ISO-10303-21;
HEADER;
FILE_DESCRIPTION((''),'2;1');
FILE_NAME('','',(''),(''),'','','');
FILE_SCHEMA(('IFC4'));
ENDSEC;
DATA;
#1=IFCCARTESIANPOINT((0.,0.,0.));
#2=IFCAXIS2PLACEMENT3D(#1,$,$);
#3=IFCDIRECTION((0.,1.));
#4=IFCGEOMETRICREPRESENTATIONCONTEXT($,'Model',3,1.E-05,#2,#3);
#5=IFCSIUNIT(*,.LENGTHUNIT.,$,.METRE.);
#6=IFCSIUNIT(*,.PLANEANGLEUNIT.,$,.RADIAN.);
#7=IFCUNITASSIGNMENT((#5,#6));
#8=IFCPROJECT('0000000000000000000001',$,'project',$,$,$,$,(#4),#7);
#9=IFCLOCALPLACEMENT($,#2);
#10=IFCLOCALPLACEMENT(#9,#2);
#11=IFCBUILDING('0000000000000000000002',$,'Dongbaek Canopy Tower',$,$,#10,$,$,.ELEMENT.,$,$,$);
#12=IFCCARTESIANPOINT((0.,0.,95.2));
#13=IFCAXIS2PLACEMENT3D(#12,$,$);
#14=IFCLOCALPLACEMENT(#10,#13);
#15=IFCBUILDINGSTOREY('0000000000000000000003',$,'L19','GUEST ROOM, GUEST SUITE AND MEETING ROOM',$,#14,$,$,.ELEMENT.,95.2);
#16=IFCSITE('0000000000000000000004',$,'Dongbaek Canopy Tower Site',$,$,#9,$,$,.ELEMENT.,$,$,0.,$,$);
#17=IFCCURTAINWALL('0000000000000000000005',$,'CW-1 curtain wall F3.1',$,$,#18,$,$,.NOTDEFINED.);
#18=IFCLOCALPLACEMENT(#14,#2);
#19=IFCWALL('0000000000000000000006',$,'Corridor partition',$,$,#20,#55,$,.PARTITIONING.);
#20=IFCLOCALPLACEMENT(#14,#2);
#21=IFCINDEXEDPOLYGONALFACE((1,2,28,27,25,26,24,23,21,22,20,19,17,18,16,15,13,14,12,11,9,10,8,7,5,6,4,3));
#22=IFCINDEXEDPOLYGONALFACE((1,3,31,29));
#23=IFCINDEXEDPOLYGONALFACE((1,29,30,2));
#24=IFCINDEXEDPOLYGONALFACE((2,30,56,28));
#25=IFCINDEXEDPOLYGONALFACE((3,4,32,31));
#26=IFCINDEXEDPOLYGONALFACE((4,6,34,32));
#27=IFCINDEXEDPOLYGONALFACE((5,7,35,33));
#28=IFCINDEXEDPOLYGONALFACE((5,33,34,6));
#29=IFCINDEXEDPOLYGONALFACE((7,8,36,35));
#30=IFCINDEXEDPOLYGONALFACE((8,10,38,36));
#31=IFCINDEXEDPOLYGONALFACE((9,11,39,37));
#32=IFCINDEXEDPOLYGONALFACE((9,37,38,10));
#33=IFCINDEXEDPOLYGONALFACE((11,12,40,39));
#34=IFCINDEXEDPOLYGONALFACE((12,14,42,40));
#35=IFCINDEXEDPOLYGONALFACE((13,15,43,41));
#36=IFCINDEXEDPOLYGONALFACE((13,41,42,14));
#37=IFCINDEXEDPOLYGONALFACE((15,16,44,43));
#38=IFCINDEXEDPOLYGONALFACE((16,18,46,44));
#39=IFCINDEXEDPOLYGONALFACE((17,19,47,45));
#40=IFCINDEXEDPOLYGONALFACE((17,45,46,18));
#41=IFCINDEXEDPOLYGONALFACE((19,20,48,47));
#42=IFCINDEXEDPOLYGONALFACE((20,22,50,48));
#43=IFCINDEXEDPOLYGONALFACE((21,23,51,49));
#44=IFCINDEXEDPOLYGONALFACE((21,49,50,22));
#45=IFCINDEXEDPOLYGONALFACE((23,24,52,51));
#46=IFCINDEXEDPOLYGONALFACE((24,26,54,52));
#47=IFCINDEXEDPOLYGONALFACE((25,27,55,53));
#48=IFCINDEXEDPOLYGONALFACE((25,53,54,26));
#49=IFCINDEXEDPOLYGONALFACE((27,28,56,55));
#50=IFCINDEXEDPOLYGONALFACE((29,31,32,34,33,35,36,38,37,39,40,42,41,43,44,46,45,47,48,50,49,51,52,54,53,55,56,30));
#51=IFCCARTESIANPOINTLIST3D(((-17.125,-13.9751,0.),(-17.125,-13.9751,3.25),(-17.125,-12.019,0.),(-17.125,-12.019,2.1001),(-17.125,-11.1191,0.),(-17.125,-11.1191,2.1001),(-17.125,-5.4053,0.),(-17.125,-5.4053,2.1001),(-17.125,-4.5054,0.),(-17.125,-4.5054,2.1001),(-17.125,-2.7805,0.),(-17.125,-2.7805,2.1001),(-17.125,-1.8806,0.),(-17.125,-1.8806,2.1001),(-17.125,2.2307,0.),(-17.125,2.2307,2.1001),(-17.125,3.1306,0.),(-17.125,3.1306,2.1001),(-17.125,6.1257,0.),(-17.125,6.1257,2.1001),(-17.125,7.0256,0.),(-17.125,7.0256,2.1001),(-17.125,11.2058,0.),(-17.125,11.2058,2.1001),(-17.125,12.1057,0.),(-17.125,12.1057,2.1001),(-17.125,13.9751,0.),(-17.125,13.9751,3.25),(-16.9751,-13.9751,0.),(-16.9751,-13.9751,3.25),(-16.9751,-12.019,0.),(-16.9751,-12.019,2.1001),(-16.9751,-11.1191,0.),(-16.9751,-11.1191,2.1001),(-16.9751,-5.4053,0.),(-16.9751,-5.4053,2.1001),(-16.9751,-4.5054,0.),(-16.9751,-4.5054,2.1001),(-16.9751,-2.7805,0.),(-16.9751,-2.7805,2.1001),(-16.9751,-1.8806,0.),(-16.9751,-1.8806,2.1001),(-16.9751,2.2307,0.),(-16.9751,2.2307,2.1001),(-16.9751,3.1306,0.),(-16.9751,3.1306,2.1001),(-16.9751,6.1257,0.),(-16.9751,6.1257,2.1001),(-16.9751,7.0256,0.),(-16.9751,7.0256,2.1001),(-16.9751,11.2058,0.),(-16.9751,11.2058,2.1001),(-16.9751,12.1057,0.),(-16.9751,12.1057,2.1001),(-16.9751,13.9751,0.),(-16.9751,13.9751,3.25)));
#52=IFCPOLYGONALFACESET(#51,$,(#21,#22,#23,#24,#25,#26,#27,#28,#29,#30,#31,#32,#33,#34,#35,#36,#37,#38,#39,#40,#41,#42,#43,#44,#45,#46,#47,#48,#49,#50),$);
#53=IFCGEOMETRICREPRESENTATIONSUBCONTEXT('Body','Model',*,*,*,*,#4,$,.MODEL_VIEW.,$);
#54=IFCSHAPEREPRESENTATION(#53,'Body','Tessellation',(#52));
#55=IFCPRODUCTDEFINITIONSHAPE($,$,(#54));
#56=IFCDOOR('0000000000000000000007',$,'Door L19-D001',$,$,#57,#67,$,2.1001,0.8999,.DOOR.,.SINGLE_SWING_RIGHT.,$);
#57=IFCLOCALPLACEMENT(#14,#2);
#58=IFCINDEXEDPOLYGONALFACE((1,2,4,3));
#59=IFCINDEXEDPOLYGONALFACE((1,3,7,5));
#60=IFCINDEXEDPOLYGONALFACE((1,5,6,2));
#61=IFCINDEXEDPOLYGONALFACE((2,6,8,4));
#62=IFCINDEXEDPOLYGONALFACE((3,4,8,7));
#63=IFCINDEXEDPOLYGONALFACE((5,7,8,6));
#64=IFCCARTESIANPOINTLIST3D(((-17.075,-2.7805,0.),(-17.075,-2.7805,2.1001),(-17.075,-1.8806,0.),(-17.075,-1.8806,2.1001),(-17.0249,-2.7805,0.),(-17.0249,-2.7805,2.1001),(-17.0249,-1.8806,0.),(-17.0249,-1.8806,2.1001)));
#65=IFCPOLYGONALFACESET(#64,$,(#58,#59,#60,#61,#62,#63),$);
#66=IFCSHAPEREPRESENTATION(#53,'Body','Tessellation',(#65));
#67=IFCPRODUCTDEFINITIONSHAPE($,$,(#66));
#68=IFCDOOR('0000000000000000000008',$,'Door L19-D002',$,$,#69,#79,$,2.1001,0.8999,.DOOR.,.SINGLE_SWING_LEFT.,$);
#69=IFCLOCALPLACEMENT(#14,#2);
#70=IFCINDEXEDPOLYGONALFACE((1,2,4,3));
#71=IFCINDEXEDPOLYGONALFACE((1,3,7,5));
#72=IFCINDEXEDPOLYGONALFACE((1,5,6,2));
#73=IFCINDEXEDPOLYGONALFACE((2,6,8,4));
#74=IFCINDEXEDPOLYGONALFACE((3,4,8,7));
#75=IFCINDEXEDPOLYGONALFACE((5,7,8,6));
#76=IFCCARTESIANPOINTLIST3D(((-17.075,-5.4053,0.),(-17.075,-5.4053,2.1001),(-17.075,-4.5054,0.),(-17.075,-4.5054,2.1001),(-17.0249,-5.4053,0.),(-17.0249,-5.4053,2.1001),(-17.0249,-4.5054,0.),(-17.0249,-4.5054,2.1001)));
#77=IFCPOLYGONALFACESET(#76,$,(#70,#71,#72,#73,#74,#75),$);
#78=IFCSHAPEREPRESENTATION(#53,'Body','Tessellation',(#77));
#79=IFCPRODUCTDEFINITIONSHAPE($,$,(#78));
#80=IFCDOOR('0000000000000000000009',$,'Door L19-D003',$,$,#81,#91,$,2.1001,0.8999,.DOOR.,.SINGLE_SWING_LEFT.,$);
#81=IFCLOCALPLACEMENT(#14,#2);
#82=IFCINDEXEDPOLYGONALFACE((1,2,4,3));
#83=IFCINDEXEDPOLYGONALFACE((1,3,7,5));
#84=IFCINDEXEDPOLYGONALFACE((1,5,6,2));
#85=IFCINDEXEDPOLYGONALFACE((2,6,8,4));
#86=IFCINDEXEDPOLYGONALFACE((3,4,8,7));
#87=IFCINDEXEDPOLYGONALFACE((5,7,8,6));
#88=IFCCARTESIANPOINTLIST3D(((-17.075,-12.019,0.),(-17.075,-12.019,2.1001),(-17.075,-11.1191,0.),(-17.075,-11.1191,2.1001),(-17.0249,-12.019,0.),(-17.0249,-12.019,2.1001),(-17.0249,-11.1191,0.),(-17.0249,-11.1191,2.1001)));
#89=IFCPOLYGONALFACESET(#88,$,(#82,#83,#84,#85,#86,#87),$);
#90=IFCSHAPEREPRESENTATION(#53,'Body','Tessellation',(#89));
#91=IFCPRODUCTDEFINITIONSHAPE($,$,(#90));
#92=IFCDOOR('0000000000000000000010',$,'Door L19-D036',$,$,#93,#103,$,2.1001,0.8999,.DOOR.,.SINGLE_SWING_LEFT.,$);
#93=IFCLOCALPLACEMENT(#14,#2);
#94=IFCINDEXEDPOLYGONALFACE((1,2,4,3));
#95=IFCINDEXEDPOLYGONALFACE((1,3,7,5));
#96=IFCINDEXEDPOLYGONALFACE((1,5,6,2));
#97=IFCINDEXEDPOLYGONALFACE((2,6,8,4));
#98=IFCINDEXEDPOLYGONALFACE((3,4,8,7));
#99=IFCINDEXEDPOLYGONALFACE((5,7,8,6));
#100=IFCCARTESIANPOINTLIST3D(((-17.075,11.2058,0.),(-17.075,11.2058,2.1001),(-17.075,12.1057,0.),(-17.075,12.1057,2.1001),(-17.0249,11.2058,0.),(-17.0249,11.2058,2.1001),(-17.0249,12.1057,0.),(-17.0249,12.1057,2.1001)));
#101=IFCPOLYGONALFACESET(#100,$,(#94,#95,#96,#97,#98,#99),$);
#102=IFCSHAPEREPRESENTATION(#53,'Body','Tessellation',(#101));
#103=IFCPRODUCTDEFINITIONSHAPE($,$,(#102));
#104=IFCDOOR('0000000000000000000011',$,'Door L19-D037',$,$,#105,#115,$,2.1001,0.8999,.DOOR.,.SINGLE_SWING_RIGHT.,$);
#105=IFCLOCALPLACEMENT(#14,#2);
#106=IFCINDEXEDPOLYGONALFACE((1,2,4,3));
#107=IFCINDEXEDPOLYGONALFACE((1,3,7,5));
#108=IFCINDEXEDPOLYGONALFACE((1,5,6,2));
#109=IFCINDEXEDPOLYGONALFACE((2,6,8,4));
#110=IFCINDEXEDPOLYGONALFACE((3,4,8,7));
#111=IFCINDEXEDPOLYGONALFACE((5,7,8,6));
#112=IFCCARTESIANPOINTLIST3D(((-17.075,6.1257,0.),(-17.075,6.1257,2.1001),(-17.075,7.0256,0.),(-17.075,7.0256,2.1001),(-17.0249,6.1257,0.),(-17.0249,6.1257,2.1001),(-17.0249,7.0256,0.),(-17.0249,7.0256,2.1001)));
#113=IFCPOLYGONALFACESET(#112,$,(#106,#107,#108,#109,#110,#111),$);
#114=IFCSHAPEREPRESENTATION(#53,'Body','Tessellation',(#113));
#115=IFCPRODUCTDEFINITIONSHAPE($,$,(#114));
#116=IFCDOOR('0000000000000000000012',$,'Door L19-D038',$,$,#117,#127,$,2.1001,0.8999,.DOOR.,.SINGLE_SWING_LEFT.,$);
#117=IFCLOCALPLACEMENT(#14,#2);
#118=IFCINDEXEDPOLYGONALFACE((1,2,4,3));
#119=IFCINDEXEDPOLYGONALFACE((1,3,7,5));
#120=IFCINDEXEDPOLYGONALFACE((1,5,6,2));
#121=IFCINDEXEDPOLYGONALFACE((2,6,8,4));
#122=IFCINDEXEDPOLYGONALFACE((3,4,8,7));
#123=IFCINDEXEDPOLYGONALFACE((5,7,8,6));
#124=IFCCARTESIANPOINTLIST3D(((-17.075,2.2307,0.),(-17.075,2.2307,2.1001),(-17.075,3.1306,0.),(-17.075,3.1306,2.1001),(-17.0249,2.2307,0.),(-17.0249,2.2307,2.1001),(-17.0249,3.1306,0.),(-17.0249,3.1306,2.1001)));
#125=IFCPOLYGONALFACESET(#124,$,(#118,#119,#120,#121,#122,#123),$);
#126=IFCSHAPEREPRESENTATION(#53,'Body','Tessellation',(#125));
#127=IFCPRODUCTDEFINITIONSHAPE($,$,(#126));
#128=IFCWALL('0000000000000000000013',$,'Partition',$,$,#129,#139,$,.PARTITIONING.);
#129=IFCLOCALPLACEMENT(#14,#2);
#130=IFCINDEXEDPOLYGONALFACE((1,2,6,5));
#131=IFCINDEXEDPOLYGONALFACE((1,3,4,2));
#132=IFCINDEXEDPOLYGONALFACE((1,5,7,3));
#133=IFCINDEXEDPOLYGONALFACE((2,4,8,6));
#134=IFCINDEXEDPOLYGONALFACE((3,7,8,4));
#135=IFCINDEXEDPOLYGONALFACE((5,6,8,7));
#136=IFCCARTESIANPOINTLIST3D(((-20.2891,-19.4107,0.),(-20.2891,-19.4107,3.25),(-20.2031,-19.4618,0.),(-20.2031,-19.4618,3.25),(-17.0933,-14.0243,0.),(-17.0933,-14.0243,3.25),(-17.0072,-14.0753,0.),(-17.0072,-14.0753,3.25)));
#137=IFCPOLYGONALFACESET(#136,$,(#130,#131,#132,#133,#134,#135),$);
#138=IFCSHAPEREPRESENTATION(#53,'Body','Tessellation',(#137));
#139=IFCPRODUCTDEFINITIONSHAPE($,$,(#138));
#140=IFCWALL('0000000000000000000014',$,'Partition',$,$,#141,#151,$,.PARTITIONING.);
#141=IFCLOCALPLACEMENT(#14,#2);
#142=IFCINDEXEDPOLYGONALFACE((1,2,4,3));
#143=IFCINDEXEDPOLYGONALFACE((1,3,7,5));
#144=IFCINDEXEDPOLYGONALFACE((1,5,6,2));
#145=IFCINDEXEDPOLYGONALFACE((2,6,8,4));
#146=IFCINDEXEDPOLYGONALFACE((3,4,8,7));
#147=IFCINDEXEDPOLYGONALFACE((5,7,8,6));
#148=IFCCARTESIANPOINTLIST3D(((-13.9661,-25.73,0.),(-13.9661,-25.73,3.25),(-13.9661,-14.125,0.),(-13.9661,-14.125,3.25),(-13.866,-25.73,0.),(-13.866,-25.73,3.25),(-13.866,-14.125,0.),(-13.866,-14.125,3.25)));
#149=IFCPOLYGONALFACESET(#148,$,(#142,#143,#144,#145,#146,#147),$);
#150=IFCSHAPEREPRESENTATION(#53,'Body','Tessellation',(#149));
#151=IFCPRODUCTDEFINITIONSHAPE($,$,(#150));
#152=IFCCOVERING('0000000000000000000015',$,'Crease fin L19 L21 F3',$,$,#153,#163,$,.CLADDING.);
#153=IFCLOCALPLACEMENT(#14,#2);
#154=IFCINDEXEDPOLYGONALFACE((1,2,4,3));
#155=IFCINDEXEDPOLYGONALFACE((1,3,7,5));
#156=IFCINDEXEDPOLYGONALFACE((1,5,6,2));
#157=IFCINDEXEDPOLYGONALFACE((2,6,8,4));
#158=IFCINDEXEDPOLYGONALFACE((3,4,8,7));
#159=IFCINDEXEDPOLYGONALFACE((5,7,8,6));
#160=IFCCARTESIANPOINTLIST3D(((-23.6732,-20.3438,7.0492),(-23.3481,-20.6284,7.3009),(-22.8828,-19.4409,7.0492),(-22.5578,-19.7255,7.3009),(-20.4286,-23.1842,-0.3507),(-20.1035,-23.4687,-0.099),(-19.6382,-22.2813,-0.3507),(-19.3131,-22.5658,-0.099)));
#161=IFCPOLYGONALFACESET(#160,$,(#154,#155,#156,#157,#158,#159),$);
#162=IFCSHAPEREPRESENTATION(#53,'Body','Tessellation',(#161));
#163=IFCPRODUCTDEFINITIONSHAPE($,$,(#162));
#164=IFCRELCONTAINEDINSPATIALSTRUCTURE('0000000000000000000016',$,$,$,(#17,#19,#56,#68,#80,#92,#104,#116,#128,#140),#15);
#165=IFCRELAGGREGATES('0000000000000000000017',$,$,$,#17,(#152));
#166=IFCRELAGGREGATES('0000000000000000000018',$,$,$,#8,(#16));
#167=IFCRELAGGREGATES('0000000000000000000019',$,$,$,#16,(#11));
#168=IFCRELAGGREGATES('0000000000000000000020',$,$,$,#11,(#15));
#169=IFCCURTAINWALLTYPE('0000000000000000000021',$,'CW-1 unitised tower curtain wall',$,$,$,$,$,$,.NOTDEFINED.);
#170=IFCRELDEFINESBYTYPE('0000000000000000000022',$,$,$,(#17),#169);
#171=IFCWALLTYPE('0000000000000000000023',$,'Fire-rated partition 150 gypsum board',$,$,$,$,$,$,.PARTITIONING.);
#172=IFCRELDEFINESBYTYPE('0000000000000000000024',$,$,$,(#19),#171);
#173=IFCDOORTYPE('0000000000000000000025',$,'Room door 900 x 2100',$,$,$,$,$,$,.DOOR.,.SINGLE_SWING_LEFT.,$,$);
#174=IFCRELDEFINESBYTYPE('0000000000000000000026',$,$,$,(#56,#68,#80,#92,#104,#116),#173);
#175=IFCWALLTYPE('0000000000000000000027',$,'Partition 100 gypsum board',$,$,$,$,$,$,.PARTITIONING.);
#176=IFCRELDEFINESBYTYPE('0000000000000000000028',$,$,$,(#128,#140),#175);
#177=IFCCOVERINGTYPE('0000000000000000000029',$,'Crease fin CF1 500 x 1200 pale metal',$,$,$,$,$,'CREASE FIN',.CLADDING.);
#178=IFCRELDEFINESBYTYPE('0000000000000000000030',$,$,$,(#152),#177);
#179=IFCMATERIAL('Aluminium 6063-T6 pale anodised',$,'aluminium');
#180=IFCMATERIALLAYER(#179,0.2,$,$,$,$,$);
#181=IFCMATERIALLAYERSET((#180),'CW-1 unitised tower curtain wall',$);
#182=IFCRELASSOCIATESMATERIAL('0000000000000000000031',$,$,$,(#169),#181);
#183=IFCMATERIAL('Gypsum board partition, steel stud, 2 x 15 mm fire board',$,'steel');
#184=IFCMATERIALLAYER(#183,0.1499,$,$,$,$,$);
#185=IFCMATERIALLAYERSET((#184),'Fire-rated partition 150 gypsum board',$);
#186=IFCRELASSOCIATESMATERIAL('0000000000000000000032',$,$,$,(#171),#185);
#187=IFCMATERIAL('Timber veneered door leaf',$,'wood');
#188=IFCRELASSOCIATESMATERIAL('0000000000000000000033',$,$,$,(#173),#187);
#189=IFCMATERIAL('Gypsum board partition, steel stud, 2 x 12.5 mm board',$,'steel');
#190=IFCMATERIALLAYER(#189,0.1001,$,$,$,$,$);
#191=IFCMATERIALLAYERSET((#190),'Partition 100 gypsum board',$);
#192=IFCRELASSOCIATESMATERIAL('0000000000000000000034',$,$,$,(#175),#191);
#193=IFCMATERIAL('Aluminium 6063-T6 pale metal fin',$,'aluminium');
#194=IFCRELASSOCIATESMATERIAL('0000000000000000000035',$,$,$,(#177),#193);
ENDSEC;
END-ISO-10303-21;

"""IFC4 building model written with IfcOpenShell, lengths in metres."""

from ifc_helpers import new_model, si_unit, direction, frame, frame_2d, origin, origin_2d, place, context, subcontext, project, spatial, rectangle, extrude, material, layer, layer_set, material_profile, profile_set, type_object, element, fill, aggregate, save


model = new_model("IFC4")

# Units and contexts
model_context = context("Model", 3, precision=1e-05, world=origin(), true_north=direction((0.0, 1.0)))
body_context = subcontext(model_context, "Body", "Model", "MODEL_VIEW")
ifc_project = project(units=[si_unit("LENGTHUNIT", "METRE"), si_unit("PLANEANGLEUNIT", "RADIAN")], contexts=[model_context])

# Site, building, storey
site_placement = place(None, origin())
site = spatial("IfcSite", under=ifc_project, at=site_placement, Name="Dongbaek Canopy Tower Site", CompositionType="ELEMENT", RefElevation=0.0)
building_placement = place(site_placement, origin())
building = spatial("IfcBuilding", under=site, at=building_placement, Name="Dongbaek Canopy Tower", CompositionType="ELEMENT")
storey_placement = place(building_placement, frame((0.0, 0.0, 95.2)))
storey = spatial("IfcBuildingStorey", under=building, at=storey_placement, Name="L19", Description="GUEST ROOM, GUEST SUITE AND MEETING ROOM", CompositionType="ELEMENT", Elevation=95.2)

# Curtain wall
ifc_material_1 = material(Name="Aluminium 6063-T6 pale anodised", Category="aluminium")
ifc_layer_1 = layer(ifc_material_1, 0.2)
ifc_layer_set_1 = layer_set([ifc_layer_1], Name="CW-1 unitised tower curtain wall")
curtain_wall_type = type_object("IfcCurtainWallType", Name="CW-1 unitised tower curtain wall", PredefinedType="NOTDEFINED", material=ifc_layer_set_1)
curtain_wall_1_placement = place(storey_placement, origin())
curtain_wall_1 = element("IfcCurtainWall", 1, at=curtain_wall_1_placement, inside=storey, type_object=curtain_wall_type, Name="CW-1 curtain wall F3.1", PredefinedType="NOTDEFINED")

# Shared definitions
ifc_material_2 = material(Name="Gypsum board partition, steel stud, 2 x 15 mm fire board", Category="steel")
ifc_layer_2 = layer(ifc_material_2, 0.1499)
ifc_layer_set_2 = layer_set([ifc_layer_2], Name="Fire-rated partition 150 gypsum board")
wall_type_1 = type_object("IfcWallType", Name="Fire-rated partition 150 gypsum board", PredefinedType="PARTITIONING", material=ifc_layer_set_2)

# Wall, openings, doors
wall_1_placement = place(storey_placement, frame((-17.05, -13.9751, 0.0), z_axis=(0.0, 0.0, 1.0), x_axis=(0.0, 1.0, 0.0)))
wall_1 = element("IfcWall", 2, at=wall_1_placement, inside=storey, type_object=wall_type_1, Name="Corridor partition", PredefinedType="PARTITIONING", context=body_context, shape_type="SweptSolid", body=[
    extrude(rectangle(XDim=27.9502, YDim=0.1499, at=frame_2d((13.9751, 0.0))), origin(), (0.0, 0.0, 1.0), 3.25),
])
opening_1_placement = place(wall_1_placement, frame((11.1946, 0.0, 0.0)))
opening_1 = element("IfcOpeningElement", 3, at=opening_1_placement, cuts=wall_1, PredefinedType="OPENING", context=body_context, shape_type="SweptSolid", body=[
    extrude(rectangle(XDim=0.8999, YDim=2.1001, at=frame_2d((0.45, 1.05))), frame((0.0, 0.085, 0.0), z_axis=(0.0, -1.0, 0.0), x_axis=(1.0, 0.0, 0.0)), (0.0, 0.0, 1.0), 0.1699),
])
opening_2_placement = place(wall_1_placement, frame((8.5698, 0.0, 0.0)))
opening_2 = element("IfcOpeningElement", 4, at=opening_2_placement, cuts=wall_1, PredefinedType="OPENING", context=body_context, shape_type="SweptSolid", body=[
    extrude(rectangle(XDim=0.8999, YDim=2.1001, at=frame_2d((0.45, 1.05))), frame((0.0, 0.085, 0.0), z_axis=(0.0, -1.0, 0.0), x_axis=(1.0, 0.0, 0.0)), (0.0, 0.0, 1.0), 0.1699),
])
opening_3_placement = place(wall_1_placement, frame((1.9561, 0.0, 0.0)))
opening_3 = element("IfcOpeningElement", 5, at=opening_3_placement, cuts=wall_1, PredefinedType="OPENING", context=body_context, shape_type="SweptSolid", body=[
    extrude(rectangle(XDim=0.8999, YDim=2.1001, at=frame_2d((0.45, 1.05))), frame((0.0, 0.085, 0.0), z_axis=(0.0, -1.0, 0.0), x_axis=(1.0, 0.0, 0.0)), (0.0, 0.0, 1.0), 0.1699),
])
opening_4_placement = place(wall_1_placement, frame((25.1809, 0.0, 0.0)))
opening_4 = element("IfcOpeningElement", 6, at=opening_4_placement, cuts=wall_1, PredefinedType="OPENING", context=body_context, shape_type="SweptSolid", body=[
    extrude(rectangle(XDim=0.8999, YDim=2.1001, at=frame_2d((0.45, 1.05))), frame((0.0, 0.085, 0.0), z_axis=(0.0, -1.0, 0.0), x_axis=(1.0, 0.0, 0.0)), (0.0, 0.0, 1.0), 0.1699),
])
opening_5_placement = place(wall_1_placement, frame((20.1008, 0.0, 0.0)))
opening_5 = element("IfcOpeningElement", 7, at=opening_5_placement, cuts=wall_1, PredefinedType="OPENING", context=body_context, shape_type="SweptSolid", body=[
    extrude(rectangle(XDim=0.8999, YDim=2.1001, at=frame_2d((0.45, 1.05))), frame((0.0, 0.085, 0.0), z_axis=(0.0, -1.0, 0.0), x_axis=(1.0, 0.0, 0.0)), (0.0, 0.0, 1.0), 0.1699),
])
opening_6_placement = place(wall_1_placement, frame((16.2058, 0.0, 0.0)))
opening_6 = element("IfcOpeningElement", 8, at=opening_6_placement, cuts=wall_1, PredefinedType="OPENING", context=body_context, shape_type="SweptSolid", body=[
    extrude(rectangle(XDim=0.8999, YDim=2.1001, at=frame_2d((0.45, 1.05))), frame((0.0, 0.085, 0.0), z_axis=(0.0, -1.0, 0.0), x_axis=(1.0, 0.0, 0.0)), (0.0, 0.0, 1.0), 0.1699),
])
ifc_material_3 = material(Name="Timber veneered door leaf", Category="wood")
door_type = type_object("IfcDoorType", Name="Room door 900 x 2100", OperationType="SINGLE_SWING_LEFT", PredefinedType="DOOR", material=ifc_material_3)
door_1_placement = place(opening_1_placement, origin())
door_1 = element("IfcDoor", 9, at=door_1_placement, inside=storey, type_object=door_type, Name="Door L19-D001", OperationType="SINGLE_SWING_RIGHT", OverallHeight=2.1001, OverallWidth=0.8999, PredefinedType="DOOR", context=body_context, shape_type="SweptSolid", body=[
    extrude(rectangle(XDim=0.8999, YDim=2.1001, at=frame_2d((0.45, 1.05))), frame((0.0, 0.0249, 0.0), z_axis=(0.0, -1.0, 0.0), x_axis=(1.0, 0.0, 0.0)), (0.0, 0.0, 1.0), 0.05),
])
fill(opening_1, door_1)
door_2_placement = place(opening_2_placement, origin())
door_2 = element("IfcDoor", 10, at=door_2_placement, inside=storey, type_object=door_type, Name="Door L19-D002", OperationType="SINGLE_SWING_LEFT", OverallHeight=2.1001, OverallWidth=0.8999, PredefinedType="DOOR", context=body_context, shape_type="SweptSolid", body=[
    extrude(rectangle(XDim=0.8999, YDim=2.1001, at=frame_2d((0.45, 1.05))), frame((0.0, 0.0249, 0.0), z_axis=(0.0, -1.0, 0.0), x_axis=(1.0, 0.0, 0.0)), (0.0, 0.0, 1.0), 0.05),
])
fill(opening_2, door_2)
door_3_placement = place(opening_3_placement, origin())
door_3 = element("IfcDoor", 11, at=door_3_placement, inside=storey, type_object=door_type, Name="Door L19-D003", OperationType="SINGLE_SWING_LEFT", OverallHeight=2.1001, OverallWidth=0.8999, PredefinedType="DOOR", context=body_context, shape_type="SweptSolid", body=[
    extrude(rectangle(XDim=0.8999, YDim=2.1001, at=frame_2d((0.45, 1.05))), frame((0.0, 0.0249, 0.0), z_axis=(0.0, -1.0, 0.0), x_axis=(1.0, 0.0, 0.0)), (0.0, 0.0, 1.0), 0.05),
])
fill(opening_3, door_3)
door_4_placement = place(opening_4_placement, origin())
door_4 = element("IfcDoor", 12, at=door_4_placement, inside=storey, type_object=door_type, Name="Door L19-D036", OperationType="SINGLE_SWING_LEFT", OverallHeight=2.1001, OverallWidth=0.8999, PredefinedType="DOOR", context=body_context, shape_type="SweptSolid", body=[
    extrude(rectangle(XDim=0.8999, YDim=2.1001, at=frame_2d((0.45, 1.05))), frame((0.0, 0.0249, 0.0), z_axis=(0.0, -1.0, 0.0), x_axis=(1.0, 0.0, 0.0)), (0.0, 0.0, 1.0), 0.05),
])
fill(opening_4, door_4)
door_5_placement = place(opening_5_placement, origin())
door_5 = element("IfcDoor", 13, at=door_5_placement, inside=storey, type_object=door_type, Name="Door L19-D037", OperationType="SINGLE_SWING_RIGHT", OverallHeight=2.1001, OverallWidth=0.8999, PredefinedType="DOOR", context=body_context, shape_type="SweptSolid", body=[
    extrude(rectangle(XDim=0.8999, YDim=2.1001, at=frame_2d((0.45, 1.05))), frame((0.0, 0.0249, 0.0), z_axis=(0.0, -1.0, 0.0), x_axis=(1.0, 0.0, 0.0)), (0.0, 0.0, 1.0), 0.05),
])
fill(opening_5, door_5)
door_6_placement = place(opening_6_placement, origin())
door_6 = element("IfcDoor", 14, at=door_6_placement, inside=storey, type_object=door_type, Name="Door L19-D038", OperationType="SINGLE_SWING_LEFT", OverallHeight=2.1001, OverallWidth=0.8999, PredefinedType="DOOR", context=body_context, shape_type="SweptSolid", body=[
    extrude(rectangle(XDim=0.8999, YDim=2.1001, at=frame_2d((0.45, 1.05))), frame((0.0, 0.0249, 0.0), z_axis=(0.0, -1.0, 0.0), x_axis=(1.0, 0.0, 0.0)), (0.0, 0.0, 1.0), 0.05),
])
fill(opening_6, door_6)

# Walls
ifc_material_4 = material(Name="Gypsum board partition, steel stud, 2 x 12.5 mm board", Category="steel")
ifc_layer_3 = layer(ifc_material_4, 0.1001)
ifc_layer_set_3 = layer_set([ifc_layer_3], Name="Partition 100 gypsum board")
wall_type_2 = type_object("IfcWallType", Name="Partition 100 gypsum board", PredefinedType="PARTITIONING", material=ifc_layer_set_3)
wall_2_placement = place(storey_placement, frame((-20.2461, -19.4363, 0.0), z_axis=(0.0, 0.0, 1.0), x_axis=(0.510253, 0.860024, 0.0)))
element("IfcWall", 15, at=wall_2_placement, inside=storey, type_object=wall_type_2, Name="Partition", PredefinedType="PARTITIONING", context=body_context, shape_type="SweptSolid", body=[
    extrude(rectangle(XDim=6.2632, YDim=0.1001, at=frame_2d((3.1316, 0.0))), origin(), (0.0, 0.0, 1.0), 3.25),
])
wall_3_placement = place(storey_placement, frame((-13.916, -25.73, 0.0), z_axis=(0.0, 0.0, 1.0), x_axis=(0.0, 1.0, 0.0)))
element("IfcWall", 16, at=wall_3_placement, inside=storey, type_object=wall_type_2, Name="Partition", PredefinedType="PARTITIONING", context=body_context, shape_type="SweptSolid", body=[
    extrude(rectangle(XDim=11.605, YDim=0.1001, at=frame_2d((5.8025, 0.0))), origin(), (0.0, 0.0, 1.0), 3.25),
])

# Covering
ifc_material_5 = material(Name="Aluminium 6063-T6 pale metal fin", Category="aluminium")
ifc_material_profile_1 = material_profile(ifc_material_5, rectangle(XDim=1.2, YDim=0.5, at=origin_2d()), Name="Crease fin CF1 500 x 1200 pale metal")
ifc_profile_set_1 = profile_set([ifc_material_profile_1], Name="Aluminium 6063-T6 pale metal fin")
covering_type_1 = type_object("IfcCoveringType", Name="Crease fin CF1 500 x 1200 pale metal", ElementType="CREASE FIN", PredefinedType="CLADDING", material=ifc_profile_set_1)
covering_1_placement = place(storey_placement, frame((-19.8708, -22.875, -0.2249), z_axis=(-0.378839, 0.331633, 0.864003), x_axis=(-0.658673, -0.752429, 0.0)))
covering_1 = element("IfcCovering", 17, at=covering_1_placement, type_object=covering_type_1, Name="Crease fin L19 L21 F3", PredefinedType="CLADDING", context=body_context, shape_type="SweptSolid", body=[
    extrude(rectangle(XDim=1.2, YDim=0.5, at=origin_2d()), origin(), (0.0, 0.0, 1.0), 8.5647),
])
aggregate(curtain_wall_1, [covering_1])

save(model, "model.ifc")
